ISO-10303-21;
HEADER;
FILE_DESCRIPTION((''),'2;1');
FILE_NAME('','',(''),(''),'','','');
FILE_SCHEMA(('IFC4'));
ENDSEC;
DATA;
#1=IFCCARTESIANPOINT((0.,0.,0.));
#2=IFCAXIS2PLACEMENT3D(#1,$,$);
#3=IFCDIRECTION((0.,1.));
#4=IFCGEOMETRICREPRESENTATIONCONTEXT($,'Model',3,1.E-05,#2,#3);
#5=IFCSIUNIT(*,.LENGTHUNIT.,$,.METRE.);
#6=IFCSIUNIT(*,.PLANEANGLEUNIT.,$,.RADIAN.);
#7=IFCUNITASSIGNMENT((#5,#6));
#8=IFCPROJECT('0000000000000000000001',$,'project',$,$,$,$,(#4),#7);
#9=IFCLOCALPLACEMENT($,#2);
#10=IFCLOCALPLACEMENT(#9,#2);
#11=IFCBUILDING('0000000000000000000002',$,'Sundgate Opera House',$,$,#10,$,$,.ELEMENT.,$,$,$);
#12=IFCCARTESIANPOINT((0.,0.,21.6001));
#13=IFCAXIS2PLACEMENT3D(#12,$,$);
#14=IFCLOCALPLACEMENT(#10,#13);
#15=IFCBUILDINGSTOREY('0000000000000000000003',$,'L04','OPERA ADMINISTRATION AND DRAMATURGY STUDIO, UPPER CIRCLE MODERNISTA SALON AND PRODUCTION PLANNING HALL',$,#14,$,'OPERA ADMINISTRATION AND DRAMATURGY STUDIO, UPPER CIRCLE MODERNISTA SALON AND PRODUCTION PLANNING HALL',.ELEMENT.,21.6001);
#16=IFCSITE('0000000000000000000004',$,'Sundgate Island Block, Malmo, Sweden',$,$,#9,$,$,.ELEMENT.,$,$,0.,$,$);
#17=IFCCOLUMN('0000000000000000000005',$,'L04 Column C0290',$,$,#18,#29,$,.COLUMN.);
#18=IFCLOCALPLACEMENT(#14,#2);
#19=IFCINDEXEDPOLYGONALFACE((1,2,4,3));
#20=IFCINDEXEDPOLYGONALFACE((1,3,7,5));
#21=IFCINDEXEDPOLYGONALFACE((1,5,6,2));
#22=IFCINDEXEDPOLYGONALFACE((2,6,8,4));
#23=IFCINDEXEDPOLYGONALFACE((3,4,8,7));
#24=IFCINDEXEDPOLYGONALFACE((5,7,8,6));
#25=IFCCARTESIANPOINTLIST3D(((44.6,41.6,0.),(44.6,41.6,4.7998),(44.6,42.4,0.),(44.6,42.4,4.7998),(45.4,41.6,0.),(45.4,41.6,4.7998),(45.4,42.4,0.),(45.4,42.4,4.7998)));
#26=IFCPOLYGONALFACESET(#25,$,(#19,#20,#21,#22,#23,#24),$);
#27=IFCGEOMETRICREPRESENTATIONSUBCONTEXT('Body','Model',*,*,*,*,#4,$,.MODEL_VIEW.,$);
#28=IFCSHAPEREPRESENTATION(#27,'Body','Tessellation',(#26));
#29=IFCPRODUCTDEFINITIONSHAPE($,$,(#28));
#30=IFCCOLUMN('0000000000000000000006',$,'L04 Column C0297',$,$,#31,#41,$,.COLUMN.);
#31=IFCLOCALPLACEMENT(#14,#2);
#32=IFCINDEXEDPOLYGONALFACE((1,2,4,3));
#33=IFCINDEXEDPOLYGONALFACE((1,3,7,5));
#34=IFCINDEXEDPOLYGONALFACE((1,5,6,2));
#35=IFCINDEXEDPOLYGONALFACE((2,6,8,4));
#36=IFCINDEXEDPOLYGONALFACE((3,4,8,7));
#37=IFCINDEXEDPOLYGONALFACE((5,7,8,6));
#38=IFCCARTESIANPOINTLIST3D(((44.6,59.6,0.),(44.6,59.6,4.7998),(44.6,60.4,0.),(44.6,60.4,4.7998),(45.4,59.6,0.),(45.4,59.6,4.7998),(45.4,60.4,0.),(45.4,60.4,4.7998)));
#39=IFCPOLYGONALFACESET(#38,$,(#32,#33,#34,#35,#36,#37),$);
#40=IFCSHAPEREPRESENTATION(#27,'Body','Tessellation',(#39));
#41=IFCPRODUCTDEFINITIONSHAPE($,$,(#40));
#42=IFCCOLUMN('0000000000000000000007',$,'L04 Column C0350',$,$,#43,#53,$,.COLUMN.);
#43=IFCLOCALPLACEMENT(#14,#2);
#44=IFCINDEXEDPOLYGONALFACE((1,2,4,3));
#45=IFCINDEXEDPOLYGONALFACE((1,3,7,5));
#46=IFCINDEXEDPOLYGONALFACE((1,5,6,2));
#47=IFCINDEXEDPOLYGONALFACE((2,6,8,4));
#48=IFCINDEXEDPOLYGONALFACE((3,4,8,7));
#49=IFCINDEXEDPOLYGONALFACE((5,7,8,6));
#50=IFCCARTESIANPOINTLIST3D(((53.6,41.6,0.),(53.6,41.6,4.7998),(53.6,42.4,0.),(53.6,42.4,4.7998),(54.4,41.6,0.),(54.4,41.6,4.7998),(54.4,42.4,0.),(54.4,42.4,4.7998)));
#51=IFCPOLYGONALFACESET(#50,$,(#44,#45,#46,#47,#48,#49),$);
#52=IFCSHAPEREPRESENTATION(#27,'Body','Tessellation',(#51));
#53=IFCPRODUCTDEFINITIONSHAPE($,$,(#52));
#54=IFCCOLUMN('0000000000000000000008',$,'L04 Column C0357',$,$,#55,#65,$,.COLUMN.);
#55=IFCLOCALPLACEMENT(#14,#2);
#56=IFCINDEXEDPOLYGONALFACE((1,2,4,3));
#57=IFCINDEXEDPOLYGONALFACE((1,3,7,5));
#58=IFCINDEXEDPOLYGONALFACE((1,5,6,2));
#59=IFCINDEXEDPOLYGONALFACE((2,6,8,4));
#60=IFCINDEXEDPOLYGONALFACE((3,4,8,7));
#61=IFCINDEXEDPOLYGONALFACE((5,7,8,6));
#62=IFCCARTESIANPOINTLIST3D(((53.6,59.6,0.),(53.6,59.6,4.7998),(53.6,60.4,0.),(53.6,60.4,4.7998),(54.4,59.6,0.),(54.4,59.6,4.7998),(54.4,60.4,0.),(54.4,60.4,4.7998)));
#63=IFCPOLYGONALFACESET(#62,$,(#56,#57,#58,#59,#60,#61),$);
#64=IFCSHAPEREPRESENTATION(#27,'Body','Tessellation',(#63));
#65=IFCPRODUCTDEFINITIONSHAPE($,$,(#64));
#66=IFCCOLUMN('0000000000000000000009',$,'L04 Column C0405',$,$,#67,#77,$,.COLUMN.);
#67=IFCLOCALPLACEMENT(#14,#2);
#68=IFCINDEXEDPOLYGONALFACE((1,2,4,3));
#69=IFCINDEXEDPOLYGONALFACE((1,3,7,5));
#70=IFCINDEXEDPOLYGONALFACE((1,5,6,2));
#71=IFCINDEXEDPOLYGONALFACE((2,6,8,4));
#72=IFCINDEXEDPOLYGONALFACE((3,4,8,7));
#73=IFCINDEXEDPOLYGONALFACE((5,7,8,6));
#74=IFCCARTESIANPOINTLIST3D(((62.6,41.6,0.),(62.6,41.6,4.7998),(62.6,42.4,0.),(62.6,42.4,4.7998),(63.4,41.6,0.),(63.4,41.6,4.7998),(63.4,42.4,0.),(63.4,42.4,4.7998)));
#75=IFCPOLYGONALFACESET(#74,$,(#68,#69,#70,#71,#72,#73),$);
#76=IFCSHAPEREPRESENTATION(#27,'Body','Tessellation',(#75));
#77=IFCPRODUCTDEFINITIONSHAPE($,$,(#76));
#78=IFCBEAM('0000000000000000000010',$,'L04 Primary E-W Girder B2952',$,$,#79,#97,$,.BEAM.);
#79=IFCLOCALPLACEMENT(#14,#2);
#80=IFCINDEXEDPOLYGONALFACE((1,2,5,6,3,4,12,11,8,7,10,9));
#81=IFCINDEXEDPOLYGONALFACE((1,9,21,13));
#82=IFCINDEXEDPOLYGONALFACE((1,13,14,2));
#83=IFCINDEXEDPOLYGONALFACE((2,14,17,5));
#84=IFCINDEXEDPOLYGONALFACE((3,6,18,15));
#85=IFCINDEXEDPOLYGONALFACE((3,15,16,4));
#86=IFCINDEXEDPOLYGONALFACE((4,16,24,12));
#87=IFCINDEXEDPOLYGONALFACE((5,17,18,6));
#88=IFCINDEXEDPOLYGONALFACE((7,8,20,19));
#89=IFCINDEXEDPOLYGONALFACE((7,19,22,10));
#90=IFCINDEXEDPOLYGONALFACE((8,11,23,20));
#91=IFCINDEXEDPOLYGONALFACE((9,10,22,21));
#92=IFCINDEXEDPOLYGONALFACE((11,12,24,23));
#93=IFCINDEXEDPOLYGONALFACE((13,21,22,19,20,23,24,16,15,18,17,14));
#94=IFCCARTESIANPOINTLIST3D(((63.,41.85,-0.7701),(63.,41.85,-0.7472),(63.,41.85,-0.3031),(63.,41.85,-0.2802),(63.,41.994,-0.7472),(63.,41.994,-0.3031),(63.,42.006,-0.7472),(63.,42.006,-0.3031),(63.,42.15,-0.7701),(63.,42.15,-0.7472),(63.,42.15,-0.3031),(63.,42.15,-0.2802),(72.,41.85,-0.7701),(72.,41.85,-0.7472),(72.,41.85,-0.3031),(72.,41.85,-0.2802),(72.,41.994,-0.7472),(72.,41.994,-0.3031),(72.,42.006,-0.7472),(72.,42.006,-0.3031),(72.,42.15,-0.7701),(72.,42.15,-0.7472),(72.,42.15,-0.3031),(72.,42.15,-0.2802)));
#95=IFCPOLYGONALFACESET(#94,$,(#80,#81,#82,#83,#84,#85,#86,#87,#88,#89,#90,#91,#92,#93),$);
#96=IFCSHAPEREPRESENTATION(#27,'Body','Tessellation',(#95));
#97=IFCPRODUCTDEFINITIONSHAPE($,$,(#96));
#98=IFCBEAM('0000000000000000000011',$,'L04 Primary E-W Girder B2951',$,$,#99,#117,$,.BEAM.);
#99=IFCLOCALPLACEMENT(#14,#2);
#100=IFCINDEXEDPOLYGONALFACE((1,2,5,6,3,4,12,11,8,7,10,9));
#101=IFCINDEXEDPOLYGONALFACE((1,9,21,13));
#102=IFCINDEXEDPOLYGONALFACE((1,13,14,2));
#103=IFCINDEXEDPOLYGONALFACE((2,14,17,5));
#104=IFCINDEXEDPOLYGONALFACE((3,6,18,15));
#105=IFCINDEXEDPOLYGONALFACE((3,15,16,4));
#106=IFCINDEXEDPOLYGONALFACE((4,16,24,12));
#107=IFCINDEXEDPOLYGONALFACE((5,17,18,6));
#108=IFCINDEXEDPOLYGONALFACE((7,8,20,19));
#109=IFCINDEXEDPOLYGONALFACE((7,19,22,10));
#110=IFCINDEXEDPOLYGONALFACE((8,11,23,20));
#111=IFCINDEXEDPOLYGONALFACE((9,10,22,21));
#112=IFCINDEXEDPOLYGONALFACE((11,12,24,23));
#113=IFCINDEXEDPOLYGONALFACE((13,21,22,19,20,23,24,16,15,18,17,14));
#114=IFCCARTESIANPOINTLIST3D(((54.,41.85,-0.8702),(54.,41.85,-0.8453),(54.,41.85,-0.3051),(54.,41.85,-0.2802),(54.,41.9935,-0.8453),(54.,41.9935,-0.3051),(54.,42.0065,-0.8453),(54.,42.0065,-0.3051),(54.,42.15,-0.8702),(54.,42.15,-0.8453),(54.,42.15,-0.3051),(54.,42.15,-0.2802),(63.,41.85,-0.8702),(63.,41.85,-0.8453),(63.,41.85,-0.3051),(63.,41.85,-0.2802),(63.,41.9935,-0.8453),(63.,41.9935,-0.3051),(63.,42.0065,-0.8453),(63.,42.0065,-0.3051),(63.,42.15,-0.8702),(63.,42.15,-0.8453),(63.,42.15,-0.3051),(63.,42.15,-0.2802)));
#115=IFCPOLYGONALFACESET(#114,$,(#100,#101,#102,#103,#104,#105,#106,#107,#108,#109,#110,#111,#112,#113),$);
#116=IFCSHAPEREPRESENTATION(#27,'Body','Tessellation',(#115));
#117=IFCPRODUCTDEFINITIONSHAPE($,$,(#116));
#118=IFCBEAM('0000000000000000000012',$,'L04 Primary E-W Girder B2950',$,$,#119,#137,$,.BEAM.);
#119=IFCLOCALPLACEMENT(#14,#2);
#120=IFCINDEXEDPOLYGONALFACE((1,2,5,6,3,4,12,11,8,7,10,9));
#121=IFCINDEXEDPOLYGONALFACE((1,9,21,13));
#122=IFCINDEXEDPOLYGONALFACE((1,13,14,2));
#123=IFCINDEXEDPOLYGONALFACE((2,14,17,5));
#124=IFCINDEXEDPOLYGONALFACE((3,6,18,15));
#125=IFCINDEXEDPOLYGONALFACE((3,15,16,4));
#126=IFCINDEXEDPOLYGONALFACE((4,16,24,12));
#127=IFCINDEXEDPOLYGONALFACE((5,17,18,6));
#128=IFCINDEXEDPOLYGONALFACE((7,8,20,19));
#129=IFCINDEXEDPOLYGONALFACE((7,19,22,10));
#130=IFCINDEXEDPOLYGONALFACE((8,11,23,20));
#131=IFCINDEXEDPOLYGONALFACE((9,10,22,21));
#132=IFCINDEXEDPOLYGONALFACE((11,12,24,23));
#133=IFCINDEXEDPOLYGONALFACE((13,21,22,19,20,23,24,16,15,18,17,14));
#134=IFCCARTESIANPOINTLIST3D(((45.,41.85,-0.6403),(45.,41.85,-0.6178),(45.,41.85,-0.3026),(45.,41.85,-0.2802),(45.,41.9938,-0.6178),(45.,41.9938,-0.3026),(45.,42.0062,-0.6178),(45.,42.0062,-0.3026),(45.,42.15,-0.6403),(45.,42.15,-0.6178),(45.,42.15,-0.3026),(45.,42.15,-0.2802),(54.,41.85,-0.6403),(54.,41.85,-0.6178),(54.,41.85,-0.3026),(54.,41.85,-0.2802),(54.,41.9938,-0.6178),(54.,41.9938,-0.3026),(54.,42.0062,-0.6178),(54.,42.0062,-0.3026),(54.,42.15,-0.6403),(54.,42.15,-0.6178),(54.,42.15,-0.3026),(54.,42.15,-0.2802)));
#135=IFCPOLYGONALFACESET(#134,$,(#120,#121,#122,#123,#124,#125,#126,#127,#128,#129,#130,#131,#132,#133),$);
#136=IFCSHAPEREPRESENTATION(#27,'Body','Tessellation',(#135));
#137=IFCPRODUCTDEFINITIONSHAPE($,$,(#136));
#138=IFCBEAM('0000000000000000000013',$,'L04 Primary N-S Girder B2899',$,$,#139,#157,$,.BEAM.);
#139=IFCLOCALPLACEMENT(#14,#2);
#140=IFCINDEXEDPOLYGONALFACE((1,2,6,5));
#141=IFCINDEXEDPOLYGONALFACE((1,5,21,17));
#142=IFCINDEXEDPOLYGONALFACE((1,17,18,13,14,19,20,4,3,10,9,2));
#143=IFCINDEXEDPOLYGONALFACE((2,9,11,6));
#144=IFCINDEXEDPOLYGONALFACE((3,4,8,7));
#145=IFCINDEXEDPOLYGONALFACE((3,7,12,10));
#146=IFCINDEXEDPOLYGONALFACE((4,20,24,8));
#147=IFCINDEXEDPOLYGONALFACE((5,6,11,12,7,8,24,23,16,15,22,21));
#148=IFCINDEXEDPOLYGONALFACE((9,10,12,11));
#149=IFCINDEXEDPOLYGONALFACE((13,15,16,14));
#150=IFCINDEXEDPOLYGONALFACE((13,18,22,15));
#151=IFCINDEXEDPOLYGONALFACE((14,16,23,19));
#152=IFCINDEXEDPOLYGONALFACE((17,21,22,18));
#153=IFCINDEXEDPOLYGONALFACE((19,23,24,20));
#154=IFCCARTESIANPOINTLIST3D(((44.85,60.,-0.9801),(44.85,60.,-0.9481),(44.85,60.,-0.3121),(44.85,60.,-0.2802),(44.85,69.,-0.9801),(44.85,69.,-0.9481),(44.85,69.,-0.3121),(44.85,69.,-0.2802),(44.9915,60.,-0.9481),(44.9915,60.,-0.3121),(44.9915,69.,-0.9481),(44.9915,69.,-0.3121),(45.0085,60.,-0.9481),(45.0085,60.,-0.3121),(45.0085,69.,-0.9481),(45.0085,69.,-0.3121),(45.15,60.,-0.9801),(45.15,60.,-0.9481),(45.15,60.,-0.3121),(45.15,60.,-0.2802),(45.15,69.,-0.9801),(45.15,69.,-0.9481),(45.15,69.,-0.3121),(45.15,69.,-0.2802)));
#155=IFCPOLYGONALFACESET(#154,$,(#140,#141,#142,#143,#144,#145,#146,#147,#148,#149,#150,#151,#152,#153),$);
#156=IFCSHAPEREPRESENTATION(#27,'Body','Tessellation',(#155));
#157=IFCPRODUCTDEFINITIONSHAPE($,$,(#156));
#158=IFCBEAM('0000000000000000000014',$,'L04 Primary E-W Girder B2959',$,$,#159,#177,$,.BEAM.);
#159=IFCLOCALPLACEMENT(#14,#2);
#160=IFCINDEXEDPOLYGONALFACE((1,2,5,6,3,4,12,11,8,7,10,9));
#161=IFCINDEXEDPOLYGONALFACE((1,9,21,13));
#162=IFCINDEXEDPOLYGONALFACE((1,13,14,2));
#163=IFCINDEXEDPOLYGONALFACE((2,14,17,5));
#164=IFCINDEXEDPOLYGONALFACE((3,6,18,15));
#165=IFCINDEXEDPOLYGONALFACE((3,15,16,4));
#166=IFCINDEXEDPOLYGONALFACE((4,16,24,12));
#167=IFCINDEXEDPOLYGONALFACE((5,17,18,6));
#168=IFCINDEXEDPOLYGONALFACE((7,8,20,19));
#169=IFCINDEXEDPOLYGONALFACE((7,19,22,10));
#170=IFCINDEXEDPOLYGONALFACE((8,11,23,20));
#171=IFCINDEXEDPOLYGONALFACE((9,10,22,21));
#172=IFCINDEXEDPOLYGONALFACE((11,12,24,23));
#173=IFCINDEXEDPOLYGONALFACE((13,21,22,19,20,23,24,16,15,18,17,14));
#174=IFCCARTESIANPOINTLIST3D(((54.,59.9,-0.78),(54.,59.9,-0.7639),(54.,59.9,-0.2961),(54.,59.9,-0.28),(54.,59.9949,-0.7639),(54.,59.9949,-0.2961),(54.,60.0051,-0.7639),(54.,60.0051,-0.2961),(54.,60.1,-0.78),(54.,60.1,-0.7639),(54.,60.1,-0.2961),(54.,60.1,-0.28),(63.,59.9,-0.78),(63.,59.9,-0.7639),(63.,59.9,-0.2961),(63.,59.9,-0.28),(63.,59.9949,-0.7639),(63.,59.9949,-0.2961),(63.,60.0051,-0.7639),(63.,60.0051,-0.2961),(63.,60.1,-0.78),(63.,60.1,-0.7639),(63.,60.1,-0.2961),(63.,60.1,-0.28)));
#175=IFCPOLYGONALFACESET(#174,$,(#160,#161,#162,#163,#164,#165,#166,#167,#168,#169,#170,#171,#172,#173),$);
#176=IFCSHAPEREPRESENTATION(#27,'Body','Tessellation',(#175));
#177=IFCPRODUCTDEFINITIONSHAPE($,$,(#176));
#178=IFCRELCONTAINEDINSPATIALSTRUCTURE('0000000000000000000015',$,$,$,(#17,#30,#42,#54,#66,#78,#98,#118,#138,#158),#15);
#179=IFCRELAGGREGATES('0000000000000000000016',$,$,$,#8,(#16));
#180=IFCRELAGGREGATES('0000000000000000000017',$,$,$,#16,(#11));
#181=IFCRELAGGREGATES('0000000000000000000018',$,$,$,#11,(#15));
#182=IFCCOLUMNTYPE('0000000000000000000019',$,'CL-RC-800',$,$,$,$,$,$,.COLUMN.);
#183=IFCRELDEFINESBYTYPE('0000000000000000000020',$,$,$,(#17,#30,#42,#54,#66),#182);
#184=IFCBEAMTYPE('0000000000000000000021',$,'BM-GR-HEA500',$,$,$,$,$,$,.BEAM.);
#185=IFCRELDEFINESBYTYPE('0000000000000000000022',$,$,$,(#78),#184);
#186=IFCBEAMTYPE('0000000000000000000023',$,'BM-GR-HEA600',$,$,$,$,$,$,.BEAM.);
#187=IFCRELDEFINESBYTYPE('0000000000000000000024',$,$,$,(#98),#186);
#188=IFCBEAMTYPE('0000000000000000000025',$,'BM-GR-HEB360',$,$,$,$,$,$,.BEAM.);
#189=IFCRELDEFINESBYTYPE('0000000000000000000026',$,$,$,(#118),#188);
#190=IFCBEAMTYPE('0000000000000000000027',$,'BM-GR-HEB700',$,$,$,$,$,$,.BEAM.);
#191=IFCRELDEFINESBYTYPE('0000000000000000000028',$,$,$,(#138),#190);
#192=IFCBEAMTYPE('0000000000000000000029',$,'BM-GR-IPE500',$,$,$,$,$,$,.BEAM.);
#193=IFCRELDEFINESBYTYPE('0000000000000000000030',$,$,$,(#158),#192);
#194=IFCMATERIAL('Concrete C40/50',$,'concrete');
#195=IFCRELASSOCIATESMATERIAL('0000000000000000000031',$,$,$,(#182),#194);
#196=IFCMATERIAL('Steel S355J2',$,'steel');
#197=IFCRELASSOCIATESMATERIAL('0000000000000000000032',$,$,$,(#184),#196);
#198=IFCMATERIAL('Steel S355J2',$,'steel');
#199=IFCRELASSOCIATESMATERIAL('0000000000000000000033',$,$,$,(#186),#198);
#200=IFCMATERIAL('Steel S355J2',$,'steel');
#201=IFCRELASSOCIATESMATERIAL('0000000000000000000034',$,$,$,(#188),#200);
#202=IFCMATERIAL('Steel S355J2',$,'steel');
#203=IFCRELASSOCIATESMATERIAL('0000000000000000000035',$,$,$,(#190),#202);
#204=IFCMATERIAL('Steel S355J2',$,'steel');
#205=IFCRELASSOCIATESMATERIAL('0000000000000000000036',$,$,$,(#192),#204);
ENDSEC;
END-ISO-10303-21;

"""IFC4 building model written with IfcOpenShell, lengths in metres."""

from ifc_helpers import new_model, si_unit, direction, frame, origin, origin_2d, place, context, subcontext, project, spatial, rectangle, i_section, extrude, material, material_profile, profile_set, type_object, element, save


model = new_model("IFC4")

# Units and contexts
model_context = context("Model", 3, precision=1e-05, world=origin(), true_north=direction((0.0, 1.0)))
body_context = subcontext(model_context, "Body", "Model", "MODEL_VIEW")
ifc_project = project(units=[si_unit("LENGTHUNIT", "METRE"), si_unit("PLANEANGLEUNIT", "RADIAN")], contexts=[model_context])

# Site, building, storey
site_placement = place(None, origin())
site = spatial("IfcSite", under=ifc_project, at=site_placement, Name="Sundgate Island Block, Malmo, Sweden", CompositionType="ELEMENT", RefElevation=0.0)
building_placement = place(site_placement, origin())
building = spatial("IfcBuilding", under=site, at=building_placement, Name="Sundgate Opera House", CompositionType="ELEMENT")
storey_placement = place(building_placement, frame((0.0, 0.0, 21.6001)))
storey = spatial("IfcBuildingStorey", under=building, at=storey_placement, Name="L04", Description="OPERA ADMINISTRATION AND DRAMATURGY STUDIO, UPPER CIRCLE MODERNISTA SALON AND PRODUCTION PLANNING HALL", LongName="OPERA ADMINISTRATION AND DRAMATURGY STUDIO, UPPER CIRCLE MODERNISTA SALON AND PRODUCTION PLANNING HALL", CompositionType="ELEMENT", Elevation=21.6001)

# Columns
ifc_material_1 = material(Name="Concrete C40/50", Category="concrete")
ifc_material_profile_1 = material_profile(ifc_material_1, rectangle(XDim=0.8, YDim=0.8, at=origin_2d()), Name="RC 800x800")
ifc_profile_set_1 = profile_set([ifc_material_profile_1], Name="Concrete C40/50")
column_type = type_object("IfcColumnType", Name="CL-RC-800", PredefinedType="COLUMN", material=ifc_profile_set_1)
for number, where, z_axis, x_axis, name in (
    (1, (45.0, 42.0, 0.0), (0.0, 0.0, 1.0), (1.0, 0.0, 0.0), "L04 Column C0290"),
    (2, (45.0, 60.0, 0.0), (0.0, 0.0, 1.0), (1.0, 0.0, 0.0), "L04 Column C0297"),
    (3, (54.0, 42.0, 0.0), (0.0, 0.0, 1.0), (1.0, 0.0, 0.0), "L04 Column C0350"),
    (4, (54.0, 60.0, 0.0), (0.0, 0.0, 1.0), (1.0, 0.0, 0.0), "L04 Column C0357"),
    (5, (63.0, 42.0, 0.0), (0.0, 0.0, 1.0), (1.0, 0.0, 0.0), "L04 Column C0405"),
):
    element("IfcColumn", number, at=place(storey_placement, frame(where, z_axis=z_axis, x_axis=x_axis)), inside=storey, type_object=column_type, Name=name, PredefinedType="COLUMN", context=body_context, shape_type="SweptSolid", body=[
        extrude(rectangle(XDim=0.8, YDim=0.8, at=origin_2d()), origin(), (0.0, 0.0, 1.0), 4.7998),
    ])

# Beams
ifc_material_2 = material(Name="Steel S355J2", Category="steel")
ifc_material_profile_2 = material_profile(ifc_material_2, i_section(OverallWidth=0.3, OverallDepth=0.49, WebThickness=0.012, FlangeThickness=0.0229, at=origin_2d()), Name="HEA 500")
ifc_profile_set_2 = profile_set([ifc_material_profile_2], Name="Steel S355J2")
beam_type_1 = type_object("IfcBeamType", Name="BM-GR-HEA500", PredefinedType="BEAM", material=ifc_profile_set_2)
beam_1_placement = place(storey_placement, frame((63.0, 42.0, -0.5251), z_axis=(1.0, 0.0, 0.0), x_axis=(0.0, 1.0, 0.0)))
element("IfcBeam", 6, at=beam_1_placement, inside=storey, type_object=beam_type_1, Name="L04 Primary E-W Girder B2952", PredefinedType="BEAM", context=body_context, shape_type="SweptSolid", body=[
    extrude(i_section(OverallWidth=0.3, OverallDepth=0.49, WebThickness=0.012, FlangeThickness=0.0229, at=origin_2d()), origin(), (0.0, 0.0, 1.0), 9.0),
])
ifc_material_3 = material(Name="Steel S355J2", Category="steel")
ifc_material_profile_3 = material_profile(ifc_material_3, i_section(OverallWidth=0.3, OverallDepth=0.5901, WebThickness=0.0129, FlangeThickness=0.0249, at=origin_2d()), Name="HEA 600")
ifc_profile_set_3 = profile_set([ifc_material_profile_3], Name="Steel S355J2")
beam_type_2 = type_object("IfcBeamType", Name="BM-GR-HEA600", PredefinedType="BEAM", material=ifc_profile_set_3)
beam_2_placement = place(storey_placement, frame((54.0, 42.0, -0.5752), z_axis=(1.0, 0.0, 0.0), x_axis=(0.0, 1.0, 0.0)))
element("IfcBeam", 7, at=beam_2_placement, inside=storey, type_object=beam_type_2, Name="L04 Primary E-W Girder B2951", PredefinedType="BEAM", context=body_context, shape_type="SweptSolid", body=[
    extrude(i_section(OverallWidth=0.3, OverallDepth=0.5901, WebThickness=0.0129, FlangeThickness=0.0249, at=origin_2d()), origin(), (0.0, 0.0, 1.0), 9.0),
])
ifc_material_4 = material(Name="Steel S355J2", Category="steel")
ifc_material_profile_4 = material_profile(ifc_material_4, i_section(OverallWidth=0.3, OverallDepth=0.3601, WebThickness=0.0125, FlangeThickness=0.0225, at=origin_2d()), Name="HEB 360")
ifc_profile_set_4 = profile_set([ifc_material_profile_4], Name="Steel S355J2")
beam_type_3 = type_object("IfcBeamType", Name="BM-GR-HEB360", PredefinedType="BEAM", material=ifc_profile_set_4)
beam_3_placement = place(storey_placement, frame((45.0, 42.0, -0.4602), z_axis=(1.0, 0.0, 0.0), x_axis=(0.0, 1.0, 0.0)))
element("IfcBeam", 8, at=beam_3_placement, inside=storey, type_object=beam_type_3, Name="L04 Primary E-W Girder B2950", PredefinedType="BEAM", context=body_context, shape_type="SweptSolid", body=[
    extrude(i_section(OverallWidth=0.3, OverallDepth=0.3601, WebThickness=0.0125, FlangeThickness=0.0225, at=origin_2d()), origin(), (0.0, 0.0, 1.0), 9.0),
])
ifc_material_5 = material(Name="Steel S355J2", Category="steel")
ifc_material_profile_5 = material_profile(ifc_material_5, i_section(OverallWidth=0.3, OverallDepth=0.7, WebThickness=0.0171, FlangeThickness=0.032, at=origin_2d()), Name="HEB 700")
ifc_profile_set_5 = profile_set([ifc_material_profile_5], Name="Steel S355J2")
beam_type_4 = type_object("IfcBeamType", Name="BM-GR-HEB700", PredefinedType="BEAM", material=ifc_profile_set_5)
beam_4_placement = place(storey_placement, frame((45.0, 60.0, -0.6301), z_axis=(0.0, 1.0, 0.0), x_axis=(-1.0, 0.0, 0.0)))
element("IfcBeam", 9, at=beam_4_placement, inside=storey, type_object=beam_type_4, Name="L04 Primary N-S Girder B2899", PredefinedType="BEAM", context=body_context, shape_type="SweptSolid", body=[
    extrude(i_section(OverallWidth=0.3, OverallDepth=0.7, WebThickness=0.0171, FlangeThickness=0.032, at=origin_2d()), origin(), (0.0, 0.0, 1.0), 9.0),
])
ifc_material_6 = material(Name="Steel S355J2", Category="steel")
ifc_material_profile_6 = material_profile(ifc_material_6, i_section(OverallWidth=0.2, OverallDepth=0.5, WebThickness=0.0103, FlangeThickness=0.0161, at=origin_2d()), Name="IPE 500")
ifc_profile_set_6 = profile_set([ifc_material_profile_6], Name="Steel S355J2")
beam_type_5 = type_object("IfcBeamType", Name="BM-GR-IPE500", PredefinedType="BEAM", material=ifc_profile_set_6)
beam_5_placement = place(storey_placement, frame((54.0, 60.0, -0.53), z_axis=(1.0, 0.0, 0.0), x_axis=(0.0, 1.0, 0.0)))
element("IfcBeam", 10, at=beam_5_placement, inside=storey, type_object=beam_type_5, Name="L04 Primary E-W Girder B2959", PredefinedType="BEAM", context=body_context, shape_type="SweptSolid", body=[
    extrude(i_section(OverallWidth=0.2, OverallDepth=0.5, WebThickness=0.0103, FlangeThickness=0.0161, at=origin_2d()), origin(), (0.0, 0.0, 1.0), 9.0),
])

save(model, "model.ifc")
